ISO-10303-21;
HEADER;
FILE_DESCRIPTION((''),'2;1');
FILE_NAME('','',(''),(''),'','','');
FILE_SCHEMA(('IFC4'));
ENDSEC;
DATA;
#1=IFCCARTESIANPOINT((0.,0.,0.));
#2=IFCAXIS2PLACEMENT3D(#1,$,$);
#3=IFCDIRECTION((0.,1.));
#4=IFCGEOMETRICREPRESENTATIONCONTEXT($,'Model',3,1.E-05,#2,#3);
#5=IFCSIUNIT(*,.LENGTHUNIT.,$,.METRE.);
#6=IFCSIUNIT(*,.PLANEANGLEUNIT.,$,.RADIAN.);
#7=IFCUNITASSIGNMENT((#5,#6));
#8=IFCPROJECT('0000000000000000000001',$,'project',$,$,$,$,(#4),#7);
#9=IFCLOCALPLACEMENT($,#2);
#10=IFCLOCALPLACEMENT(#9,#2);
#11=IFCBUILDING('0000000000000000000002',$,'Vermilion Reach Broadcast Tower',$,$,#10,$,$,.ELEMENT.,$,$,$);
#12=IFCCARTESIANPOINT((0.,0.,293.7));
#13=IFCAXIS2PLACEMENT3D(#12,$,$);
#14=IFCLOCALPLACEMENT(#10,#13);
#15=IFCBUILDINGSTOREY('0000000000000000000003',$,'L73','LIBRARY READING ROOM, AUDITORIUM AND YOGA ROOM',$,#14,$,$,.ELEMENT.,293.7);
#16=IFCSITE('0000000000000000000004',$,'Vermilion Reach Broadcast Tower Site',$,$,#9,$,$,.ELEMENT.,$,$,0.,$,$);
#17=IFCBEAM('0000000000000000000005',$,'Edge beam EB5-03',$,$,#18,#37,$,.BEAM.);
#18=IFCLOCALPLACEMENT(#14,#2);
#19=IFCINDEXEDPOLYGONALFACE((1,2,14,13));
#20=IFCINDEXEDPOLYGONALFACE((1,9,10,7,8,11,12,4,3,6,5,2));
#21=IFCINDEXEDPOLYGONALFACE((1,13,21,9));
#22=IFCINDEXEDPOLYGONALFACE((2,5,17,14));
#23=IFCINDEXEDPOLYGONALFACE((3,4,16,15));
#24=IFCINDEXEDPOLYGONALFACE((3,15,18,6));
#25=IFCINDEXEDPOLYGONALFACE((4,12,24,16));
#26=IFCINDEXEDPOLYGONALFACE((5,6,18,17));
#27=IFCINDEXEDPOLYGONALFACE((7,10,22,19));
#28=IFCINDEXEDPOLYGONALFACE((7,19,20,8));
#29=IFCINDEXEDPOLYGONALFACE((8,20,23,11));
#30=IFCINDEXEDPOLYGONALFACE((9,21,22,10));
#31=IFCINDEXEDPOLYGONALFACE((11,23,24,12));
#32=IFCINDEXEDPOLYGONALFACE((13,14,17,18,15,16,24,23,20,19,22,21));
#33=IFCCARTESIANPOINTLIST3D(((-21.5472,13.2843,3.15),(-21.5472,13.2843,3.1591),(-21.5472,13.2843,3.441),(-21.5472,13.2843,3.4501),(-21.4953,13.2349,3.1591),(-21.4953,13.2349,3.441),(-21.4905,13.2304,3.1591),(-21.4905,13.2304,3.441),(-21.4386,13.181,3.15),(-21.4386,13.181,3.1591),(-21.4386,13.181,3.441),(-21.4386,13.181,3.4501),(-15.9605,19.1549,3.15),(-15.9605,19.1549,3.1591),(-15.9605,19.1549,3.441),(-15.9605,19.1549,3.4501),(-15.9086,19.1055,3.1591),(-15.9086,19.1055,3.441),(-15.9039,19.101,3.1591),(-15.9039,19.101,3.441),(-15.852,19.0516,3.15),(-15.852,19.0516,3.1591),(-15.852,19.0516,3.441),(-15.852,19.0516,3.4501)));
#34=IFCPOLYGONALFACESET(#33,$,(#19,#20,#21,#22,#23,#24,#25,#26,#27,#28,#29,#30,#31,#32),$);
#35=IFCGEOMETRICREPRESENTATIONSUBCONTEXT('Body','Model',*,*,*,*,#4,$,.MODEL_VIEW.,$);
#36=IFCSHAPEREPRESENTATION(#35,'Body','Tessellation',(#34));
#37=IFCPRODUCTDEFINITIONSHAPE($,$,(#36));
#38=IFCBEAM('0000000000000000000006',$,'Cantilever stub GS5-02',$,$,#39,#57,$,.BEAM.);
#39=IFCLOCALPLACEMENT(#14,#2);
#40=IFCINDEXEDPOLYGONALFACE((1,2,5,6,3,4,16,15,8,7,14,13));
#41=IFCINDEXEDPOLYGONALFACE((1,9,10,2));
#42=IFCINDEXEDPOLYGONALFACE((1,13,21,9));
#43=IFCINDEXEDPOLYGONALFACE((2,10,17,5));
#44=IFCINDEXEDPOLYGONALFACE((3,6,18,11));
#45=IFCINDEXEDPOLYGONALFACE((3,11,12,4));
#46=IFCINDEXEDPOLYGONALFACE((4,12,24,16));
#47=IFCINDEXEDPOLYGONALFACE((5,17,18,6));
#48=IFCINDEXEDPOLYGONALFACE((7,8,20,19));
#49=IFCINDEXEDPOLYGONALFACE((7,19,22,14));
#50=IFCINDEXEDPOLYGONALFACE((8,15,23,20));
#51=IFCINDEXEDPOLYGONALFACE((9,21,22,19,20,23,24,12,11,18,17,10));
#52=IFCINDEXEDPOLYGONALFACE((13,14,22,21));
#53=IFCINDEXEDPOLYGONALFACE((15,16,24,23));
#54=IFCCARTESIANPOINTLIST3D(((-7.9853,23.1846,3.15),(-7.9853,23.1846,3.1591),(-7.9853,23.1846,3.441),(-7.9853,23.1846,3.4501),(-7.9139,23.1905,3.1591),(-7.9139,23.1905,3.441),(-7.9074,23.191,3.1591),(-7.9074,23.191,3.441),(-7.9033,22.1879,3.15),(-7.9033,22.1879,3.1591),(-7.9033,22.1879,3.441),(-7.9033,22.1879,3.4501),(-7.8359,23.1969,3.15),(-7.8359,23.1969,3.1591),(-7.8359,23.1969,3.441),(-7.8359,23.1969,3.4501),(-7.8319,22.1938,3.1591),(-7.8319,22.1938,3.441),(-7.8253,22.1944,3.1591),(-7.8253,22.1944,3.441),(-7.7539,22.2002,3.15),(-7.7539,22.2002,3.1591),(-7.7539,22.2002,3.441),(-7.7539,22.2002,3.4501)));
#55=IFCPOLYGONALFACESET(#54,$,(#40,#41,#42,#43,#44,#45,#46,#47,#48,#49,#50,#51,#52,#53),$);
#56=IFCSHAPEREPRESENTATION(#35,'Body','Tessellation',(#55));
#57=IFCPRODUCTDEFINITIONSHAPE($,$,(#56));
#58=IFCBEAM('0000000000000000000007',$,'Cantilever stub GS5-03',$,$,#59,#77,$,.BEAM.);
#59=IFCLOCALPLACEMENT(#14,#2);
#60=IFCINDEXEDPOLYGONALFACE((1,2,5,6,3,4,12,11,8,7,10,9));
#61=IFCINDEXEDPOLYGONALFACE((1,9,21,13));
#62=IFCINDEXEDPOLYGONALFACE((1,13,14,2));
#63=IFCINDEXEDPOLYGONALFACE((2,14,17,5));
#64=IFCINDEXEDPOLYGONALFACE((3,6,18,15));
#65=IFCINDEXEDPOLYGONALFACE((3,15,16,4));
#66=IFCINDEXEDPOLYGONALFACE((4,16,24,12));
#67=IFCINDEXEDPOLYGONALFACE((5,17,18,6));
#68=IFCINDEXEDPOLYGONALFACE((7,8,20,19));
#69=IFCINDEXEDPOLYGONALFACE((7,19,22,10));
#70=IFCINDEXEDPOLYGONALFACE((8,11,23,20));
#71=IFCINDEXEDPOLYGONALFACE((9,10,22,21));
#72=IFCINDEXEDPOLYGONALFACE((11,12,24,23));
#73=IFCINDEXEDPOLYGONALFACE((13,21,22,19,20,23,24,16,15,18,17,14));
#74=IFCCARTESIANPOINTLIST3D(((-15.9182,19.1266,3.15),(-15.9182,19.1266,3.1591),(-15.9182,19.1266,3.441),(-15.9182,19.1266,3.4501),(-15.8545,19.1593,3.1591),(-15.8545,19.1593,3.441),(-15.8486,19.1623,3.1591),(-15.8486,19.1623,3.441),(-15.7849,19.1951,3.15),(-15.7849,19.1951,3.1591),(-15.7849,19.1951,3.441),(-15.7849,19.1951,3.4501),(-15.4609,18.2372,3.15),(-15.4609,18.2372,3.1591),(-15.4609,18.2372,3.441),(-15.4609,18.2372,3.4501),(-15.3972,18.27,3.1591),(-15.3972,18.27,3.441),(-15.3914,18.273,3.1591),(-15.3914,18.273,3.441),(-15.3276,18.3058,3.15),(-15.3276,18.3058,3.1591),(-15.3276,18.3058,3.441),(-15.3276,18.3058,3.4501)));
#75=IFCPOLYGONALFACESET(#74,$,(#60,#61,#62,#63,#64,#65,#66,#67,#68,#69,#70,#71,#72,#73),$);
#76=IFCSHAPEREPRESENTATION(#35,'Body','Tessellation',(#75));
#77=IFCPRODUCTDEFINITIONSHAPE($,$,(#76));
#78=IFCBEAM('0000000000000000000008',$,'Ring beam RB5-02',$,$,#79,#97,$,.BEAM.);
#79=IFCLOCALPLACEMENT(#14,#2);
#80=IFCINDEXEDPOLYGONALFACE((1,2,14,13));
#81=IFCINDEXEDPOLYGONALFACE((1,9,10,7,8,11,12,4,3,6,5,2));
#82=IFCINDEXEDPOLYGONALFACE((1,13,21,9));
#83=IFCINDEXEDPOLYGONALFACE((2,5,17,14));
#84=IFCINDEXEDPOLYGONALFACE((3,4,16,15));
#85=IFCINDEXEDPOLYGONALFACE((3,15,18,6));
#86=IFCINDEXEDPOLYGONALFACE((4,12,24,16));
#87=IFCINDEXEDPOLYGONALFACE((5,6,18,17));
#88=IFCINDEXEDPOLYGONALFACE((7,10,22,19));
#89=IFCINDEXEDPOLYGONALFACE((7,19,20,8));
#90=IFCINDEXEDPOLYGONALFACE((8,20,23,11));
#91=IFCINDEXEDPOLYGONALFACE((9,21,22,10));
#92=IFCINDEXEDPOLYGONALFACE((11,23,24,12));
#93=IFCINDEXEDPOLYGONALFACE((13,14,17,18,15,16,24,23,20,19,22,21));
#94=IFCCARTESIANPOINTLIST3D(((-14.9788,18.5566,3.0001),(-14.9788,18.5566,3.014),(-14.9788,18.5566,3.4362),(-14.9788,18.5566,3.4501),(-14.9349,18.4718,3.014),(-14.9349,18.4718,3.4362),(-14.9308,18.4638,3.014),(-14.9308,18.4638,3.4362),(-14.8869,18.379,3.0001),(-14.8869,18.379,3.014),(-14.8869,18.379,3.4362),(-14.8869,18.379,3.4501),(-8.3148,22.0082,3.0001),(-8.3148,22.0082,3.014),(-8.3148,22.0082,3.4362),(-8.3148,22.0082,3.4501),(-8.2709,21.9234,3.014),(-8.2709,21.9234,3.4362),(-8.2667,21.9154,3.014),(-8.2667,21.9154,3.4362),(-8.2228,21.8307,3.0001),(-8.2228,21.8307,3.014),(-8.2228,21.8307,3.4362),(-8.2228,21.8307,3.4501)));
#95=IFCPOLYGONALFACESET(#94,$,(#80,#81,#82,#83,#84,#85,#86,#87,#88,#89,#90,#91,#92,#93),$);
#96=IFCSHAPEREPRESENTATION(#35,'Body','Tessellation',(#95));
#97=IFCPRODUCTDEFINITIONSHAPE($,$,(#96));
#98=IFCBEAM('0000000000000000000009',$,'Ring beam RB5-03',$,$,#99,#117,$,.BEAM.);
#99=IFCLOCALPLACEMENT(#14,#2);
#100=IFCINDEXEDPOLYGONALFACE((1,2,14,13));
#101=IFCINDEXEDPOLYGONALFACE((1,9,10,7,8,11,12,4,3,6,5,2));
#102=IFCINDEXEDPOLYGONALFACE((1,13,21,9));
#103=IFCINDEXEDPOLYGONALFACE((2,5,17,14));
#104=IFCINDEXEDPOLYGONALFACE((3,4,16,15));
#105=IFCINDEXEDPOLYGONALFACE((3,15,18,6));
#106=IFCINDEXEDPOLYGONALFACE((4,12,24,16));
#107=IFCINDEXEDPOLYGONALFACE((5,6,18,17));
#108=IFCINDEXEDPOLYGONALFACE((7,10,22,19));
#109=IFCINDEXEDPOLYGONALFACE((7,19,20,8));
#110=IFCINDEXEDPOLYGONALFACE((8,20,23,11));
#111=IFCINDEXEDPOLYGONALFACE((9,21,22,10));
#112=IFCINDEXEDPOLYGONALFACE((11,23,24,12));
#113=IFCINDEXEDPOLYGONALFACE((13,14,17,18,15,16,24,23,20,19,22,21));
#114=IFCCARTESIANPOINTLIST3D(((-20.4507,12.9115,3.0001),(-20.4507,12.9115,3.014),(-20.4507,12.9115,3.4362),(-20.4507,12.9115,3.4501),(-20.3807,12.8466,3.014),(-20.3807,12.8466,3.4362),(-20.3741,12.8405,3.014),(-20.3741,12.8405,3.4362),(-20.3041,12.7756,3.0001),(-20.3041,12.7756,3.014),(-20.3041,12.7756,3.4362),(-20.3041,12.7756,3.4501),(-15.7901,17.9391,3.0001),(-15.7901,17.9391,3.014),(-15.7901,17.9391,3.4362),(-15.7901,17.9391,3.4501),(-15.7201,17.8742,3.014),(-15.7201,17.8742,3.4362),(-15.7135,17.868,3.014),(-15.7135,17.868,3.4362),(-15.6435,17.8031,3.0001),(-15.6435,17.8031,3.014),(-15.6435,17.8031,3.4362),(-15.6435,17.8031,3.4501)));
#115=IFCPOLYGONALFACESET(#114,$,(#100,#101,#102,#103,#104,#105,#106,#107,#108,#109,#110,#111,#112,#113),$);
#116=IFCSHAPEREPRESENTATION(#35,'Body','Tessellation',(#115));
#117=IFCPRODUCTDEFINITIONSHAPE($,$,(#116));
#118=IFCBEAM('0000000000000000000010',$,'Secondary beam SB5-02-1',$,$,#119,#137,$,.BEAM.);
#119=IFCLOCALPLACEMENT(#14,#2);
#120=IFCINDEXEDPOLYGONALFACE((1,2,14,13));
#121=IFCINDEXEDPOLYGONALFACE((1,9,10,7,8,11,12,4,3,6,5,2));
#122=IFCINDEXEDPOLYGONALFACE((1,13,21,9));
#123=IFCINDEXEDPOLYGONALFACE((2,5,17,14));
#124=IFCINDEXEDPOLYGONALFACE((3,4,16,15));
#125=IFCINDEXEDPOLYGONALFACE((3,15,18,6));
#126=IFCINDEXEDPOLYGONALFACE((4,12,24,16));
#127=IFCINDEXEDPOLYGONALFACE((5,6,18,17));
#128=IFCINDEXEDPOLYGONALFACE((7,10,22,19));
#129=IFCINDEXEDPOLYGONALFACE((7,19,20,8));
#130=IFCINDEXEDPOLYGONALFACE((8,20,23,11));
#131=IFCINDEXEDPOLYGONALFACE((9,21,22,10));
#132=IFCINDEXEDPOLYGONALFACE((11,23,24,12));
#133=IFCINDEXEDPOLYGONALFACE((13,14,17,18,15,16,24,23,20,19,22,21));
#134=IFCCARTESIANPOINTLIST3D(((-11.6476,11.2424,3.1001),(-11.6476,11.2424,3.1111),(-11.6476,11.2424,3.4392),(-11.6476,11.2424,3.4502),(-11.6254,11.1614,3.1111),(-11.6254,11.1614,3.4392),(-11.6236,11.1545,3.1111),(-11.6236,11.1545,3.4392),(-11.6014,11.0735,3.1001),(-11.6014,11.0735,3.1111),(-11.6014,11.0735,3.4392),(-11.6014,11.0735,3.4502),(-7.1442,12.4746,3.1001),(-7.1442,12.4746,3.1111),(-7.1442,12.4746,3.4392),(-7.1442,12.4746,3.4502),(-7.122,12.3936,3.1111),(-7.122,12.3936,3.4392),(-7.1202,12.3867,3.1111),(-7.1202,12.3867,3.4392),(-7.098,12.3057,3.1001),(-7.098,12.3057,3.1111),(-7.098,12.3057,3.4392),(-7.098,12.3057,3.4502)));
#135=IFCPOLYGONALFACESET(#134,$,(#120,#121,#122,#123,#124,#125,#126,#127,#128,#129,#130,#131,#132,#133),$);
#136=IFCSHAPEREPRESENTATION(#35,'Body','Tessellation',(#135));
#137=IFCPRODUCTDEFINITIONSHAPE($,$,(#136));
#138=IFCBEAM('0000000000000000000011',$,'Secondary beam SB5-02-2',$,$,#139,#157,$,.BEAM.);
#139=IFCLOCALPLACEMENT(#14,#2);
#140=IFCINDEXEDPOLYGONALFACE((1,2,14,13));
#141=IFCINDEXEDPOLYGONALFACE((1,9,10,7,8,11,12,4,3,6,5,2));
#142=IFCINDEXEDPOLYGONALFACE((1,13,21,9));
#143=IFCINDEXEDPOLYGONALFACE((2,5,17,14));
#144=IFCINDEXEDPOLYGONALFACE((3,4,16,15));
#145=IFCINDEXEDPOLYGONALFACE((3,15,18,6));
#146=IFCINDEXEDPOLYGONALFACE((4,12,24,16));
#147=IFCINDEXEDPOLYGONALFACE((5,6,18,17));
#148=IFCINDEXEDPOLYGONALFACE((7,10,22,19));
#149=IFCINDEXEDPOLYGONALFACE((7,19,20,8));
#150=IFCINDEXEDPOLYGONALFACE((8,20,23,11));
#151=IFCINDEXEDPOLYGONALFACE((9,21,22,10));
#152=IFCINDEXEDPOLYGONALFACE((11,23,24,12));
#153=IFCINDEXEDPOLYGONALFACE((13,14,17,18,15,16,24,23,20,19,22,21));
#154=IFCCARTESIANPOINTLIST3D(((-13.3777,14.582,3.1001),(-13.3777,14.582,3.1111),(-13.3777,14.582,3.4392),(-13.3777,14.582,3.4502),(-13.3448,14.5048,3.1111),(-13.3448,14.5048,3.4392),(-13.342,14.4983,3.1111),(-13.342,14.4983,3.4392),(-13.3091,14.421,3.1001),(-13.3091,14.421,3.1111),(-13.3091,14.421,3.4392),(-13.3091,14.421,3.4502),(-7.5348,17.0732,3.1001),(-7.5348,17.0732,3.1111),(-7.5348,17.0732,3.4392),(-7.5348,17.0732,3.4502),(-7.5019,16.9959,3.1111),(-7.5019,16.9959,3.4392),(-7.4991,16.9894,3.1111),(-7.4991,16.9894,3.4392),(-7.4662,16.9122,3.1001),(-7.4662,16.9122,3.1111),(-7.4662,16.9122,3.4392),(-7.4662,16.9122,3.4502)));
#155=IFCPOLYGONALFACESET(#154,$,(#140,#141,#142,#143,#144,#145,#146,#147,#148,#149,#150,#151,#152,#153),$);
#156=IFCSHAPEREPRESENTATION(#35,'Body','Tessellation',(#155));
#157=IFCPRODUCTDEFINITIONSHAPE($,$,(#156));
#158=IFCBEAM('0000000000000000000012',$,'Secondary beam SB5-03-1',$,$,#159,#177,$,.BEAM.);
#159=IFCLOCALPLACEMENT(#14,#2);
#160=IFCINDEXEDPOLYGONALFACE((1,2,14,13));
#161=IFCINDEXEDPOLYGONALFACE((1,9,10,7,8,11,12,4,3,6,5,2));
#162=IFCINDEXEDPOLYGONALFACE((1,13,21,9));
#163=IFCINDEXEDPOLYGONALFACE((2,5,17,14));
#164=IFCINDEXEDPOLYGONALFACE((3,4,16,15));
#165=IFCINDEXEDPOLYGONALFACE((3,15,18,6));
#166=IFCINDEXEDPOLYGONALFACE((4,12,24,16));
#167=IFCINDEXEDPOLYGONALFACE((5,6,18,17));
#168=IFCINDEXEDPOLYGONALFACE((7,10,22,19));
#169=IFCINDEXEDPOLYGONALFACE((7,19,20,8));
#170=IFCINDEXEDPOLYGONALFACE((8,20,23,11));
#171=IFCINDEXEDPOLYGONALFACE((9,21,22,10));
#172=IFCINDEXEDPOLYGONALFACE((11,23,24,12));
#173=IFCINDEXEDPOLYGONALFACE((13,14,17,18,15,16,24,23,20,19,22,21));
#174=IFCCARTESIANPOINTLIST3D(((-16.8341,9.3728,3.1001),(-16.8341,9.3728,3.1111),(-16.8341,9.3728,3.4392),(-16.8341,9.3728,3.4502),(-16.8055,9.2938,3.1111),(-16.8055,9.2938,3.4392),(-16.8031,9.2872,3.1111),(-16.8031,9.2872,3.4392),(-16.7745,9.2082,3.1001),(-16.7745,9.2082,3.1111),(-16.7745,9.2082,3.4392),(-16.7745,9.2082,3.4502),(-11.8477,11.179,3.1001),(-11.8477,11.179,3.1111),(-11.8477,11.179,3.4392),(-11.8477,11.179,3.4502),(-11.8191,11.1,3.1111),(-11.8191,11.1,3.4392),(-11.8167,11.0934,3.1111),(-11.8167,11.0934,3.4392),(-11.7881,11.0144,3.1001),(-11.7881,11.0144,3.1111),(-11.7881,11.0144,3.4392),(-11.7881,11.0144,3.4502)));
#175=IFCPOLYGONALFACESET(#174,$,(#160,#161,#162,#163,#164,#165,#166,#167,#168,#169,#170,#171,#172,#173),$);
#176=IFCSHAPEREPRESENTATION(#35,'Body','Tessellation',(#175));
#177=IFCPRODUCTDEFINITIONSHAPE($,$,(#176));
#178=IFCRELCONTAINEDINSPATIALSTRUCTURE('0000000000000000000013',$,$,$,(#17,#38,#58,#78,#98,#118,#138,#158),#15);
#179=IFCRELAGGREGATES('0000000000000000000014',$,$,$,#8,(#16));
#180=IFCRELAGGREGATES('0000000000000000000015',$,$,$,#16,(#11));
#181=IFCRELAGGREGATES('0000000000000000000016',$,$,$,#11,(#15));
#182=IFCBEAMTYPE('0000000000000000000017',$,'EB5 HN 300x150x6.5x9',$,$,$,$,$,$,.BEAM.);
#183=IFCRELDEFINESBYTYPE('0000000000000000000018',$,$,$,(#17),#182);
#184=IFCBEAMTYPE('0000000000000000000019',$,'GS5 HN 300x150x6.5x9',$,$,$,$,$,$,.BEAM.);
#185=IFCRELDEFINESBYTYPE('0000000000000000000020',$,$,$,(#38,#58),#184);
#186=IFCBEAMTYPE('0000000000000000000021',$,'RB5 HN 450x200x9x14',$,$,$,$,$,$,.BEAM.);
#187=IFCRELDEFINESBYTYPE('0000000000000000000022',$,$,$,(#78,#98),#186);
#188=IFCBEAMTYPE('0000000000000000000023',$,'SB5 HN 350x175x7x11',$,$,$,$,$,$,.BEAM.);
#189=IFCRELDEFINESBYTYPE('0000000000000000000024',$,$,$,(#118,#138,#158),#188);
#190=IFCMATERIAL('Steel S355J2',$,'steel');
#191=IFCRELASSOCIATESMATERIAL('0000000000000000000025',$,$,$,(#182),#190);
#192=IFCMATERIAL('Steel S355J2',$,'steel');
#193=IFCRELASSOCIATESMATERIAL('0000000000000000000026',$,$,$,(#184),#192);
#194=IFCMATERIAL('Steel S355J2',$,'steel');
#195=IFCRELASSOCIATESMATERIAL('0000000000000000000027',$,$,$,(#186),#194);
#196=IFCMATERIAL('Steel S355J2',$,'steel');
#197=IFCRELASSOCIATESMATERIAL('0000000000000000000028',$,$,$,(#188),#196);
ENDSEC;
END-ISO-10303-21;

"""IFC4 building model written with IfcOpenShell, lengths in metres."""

from ifc_helpers import new_model, si_unit, direction, frame, origin, origin_2d, place, context, subcontext, project, spatial, i_section, extrude, material, material_profile, profile_set, type_object, element, save


model = new_model("IFC4")

# Units and contexts
model_context = context("Model", 3, precision=1e-05, world=origin(), true_north=direction((0.0, 1.0)))
body_context = subcontext(model_context, "Body", "Model", "MODEL_VIEW")
ifc_project = project(units=[si_unit("LENGTHUNIT", "METRE"), si_unit("PLANEANGLEUNIT", "RADIAN")], contexts=[model_context])

# Site, building, storey
site_placement = place(None, origin())
site = spatial("IfcSite", under=ifc_project, at=site_placement, Name="Vermilion Reach Broadcast Tower Site", CompositionType="ELEMENT", RefElevation=0.0)
building_placement = place(site_placement, origin())
building = spatial("IfcBuilding", under=site, at=building_placement, Name="Vermilion Reach Broadcast Tower", CompositionType="ELEMENT")
storey_placement = place(building_placement, frame((0.0, 0.0, 293.7)))
storey = spatial("IfcBuildingStorey", under=building, at=storey_placement, Name="L73", Description="LIBRARY READING ROOM, AUDITORIUM AND YOGA ROOM", CompositionType="ELEMENT", Elevation=293.7)

# Beams
ifc_material_1 = material(Name="Steel S355J2", Category="steel")
ifc_material_profile_1 = material_profile(ifc_material_1, i_section(OverallWidth=0.1499, OverallDepth=0.3, WebThickness=0.0066, FlangeThickness=0.009, at=origin_2d()), Name="S355J2 HN 300x150x6.5x9")
ifc_profile_set_1 = profile_set([ifc_material_profile_1], Name="Steel S355J2")
beam_type_1 = type_object("IfcBeamType", Name="EB5 HN 300x150x6.5x9", PredefinedType="BEAM", material=ifc_profile_set_1)
beam_1_placement = place(storey_placement, frame((-15.9062, 19.1033, 3.3), z_axis=(-0.689372, -0.724408, 0.0), x_axis=(0.724408, -0.689372, 0.0)))
element("IfcBeam", 1, at=beam_1_placement, inside=storey, type_object=beam_type_1, Name="Edge beam EB5-03", PredefinedType="BEAM", context=body_context, shape_type="SweptSolid", body=[
    extrude(i_section(OverallWidth=0.1499, OverallDepth=0.3, WebThickness=0.0066, FlangeThickness=0.009, at=origin_2d()), origin(), (0.0, 0.0, 1.0), 8.104),
])
ifc_material_2 = material(Name="Steel S355J2", Category="steel")
ifc_material_profile_2 = material_profile(ifc_material_2, i_section(OverallWidth=0.1499, OverallDepth=0.3, WebThickness=0.0066, FlangeThickness=0.009, at=origin_2d()), Name="S355J2 HN 300x150x6.5x9")
ifc_profile_set_2 = profile_set([ifc_material_profile_2], Name="Steel S355J2")
beam_type_2 = type_object("IfcBeamType", Name="GS5 HN 300x150x6.5x9", PredefinedType="BEAM", material=ifc_profile_set_2)
for number, where, z_axis, x_axis, name in (
    (2, (-7.8286, 22.1941, 3.3), (-0.082035, 0.996629, 0.0), (-0.996629, -0.082035, 0.0), "Cantilever stub GS5-02"),
    (3, (-15.3943, 18.2715, 3.3), (-0.457243, 0.889342, 0.0), (-0.889342, -0.457243, 0.0), "Cantilever stub GS5-03"),
):
    element("IfcBeam", number, at=place(storey_placement, frame(where, z_axis=z_axis, x_axis=x_axis)), inside=storey, type_object=beam_type_2, Name=name, PredefinedType="BEAM", context=body_context, shape_type="SweptSolid", body=[
        extrude(i_section(OverallWidth=0.1499, OverallDepth=0.3, WebThickness=0.0066, FlangeThickness=0.009, at=origin_2d()), origin(), (0.0, 0.0, 1.0), 1.0),
    ])
ifc_material_3 = material(Name="Steel S355J2", Category="steel")
ifc_material_profile_3 = material_profile(ifc_material_3, i_section(OverallWidth=0.2, OverallDepth=0.45, WebThickness=0.009, FlangeThickness=0.0139, at=origin_2d()), Name="S355J2 HN 450x200x9x14")
ifc_profile_set_3 = profile_set([ifc_material_profile_3], Name="Steel S355J2")
beam_type_3 = type_object("IfcBeamType", Name="RB5 HN 450x200x9x14", PredefinedType="BEAM", material=ifc_profile_set_3)
beam_2_placement = place(storey_placement, frame((-8.2688, 21.9194, 3.2251), z_axis=(-0.88796, -0.45992, 0.0), x_axis=(0.45992, -0.88796, 0.0)))
element("IfcBeam", 4, at=beam_2_placement, inside=storey, type_object=beam_type_3, Name="Ring beam RB5-02", PredefinedType="BEAM", context=body_context, shape_type="SweptSolid", body=[
    extrude(i_section(OverallWidth=0.2, OverallDepth=0.45, WebThickness=0.009, FlangeThickness=0.0139, at=origin_2d()), origin(), (0.0, 0.0, 1.0), 7.5049),
])
beam_3_placement = place(storey_placement, frame((-15.7168, 17.8711, 3.2251), z_axis=(-0.679838, -0.733363, 0.0), x_axis=(0.733363, -0.679838, 0.0)))
element("IfcBeam", 5, at=beam_3_placement, inside=storey, type_object=beam_type_3, Name="Ring beam RB5-03", PredefinedType="BEAM", context=body_context, shape_type="SweptSolid", body=[
    extrude(i_section(OverallWidth=0.2, OverallDepth=0.45, WebThickness=0.009, FlangeThickness=0.0139, at=origin_2d()), origin(), (0.0, 0.0, 1.0), 6.8555),
])
ifc_material_4 = material(Name="Steel S355J2", Category="steel")
ifc_material_profile_4 = material_profile(ifc_material_4, i_section(OverallWidth=0.175, OverallDepth=0.3501, WebThickness=0.0071, FlangeThickness=0.011, at=origin_2d()), Name="S355J2 HN 350x175x7x11")
ifc_profile_set_4 = profile_set([ifc_material_profile_4], Name="Steel S355J2")
beam_type_4 = type_object("IfcBeamType", Name="SB5 HN 350x175x7x11", PredefinedType="BEAM", material=ifc_profile_set_4)
beam_4_placement = place(storey_placement, frame((-7.1211, 12.3901, 3.2751), z_axis=(-0.964547, -0.263909, 0.0), x_axis=(0.263909, -0.964547, 0.0)))
element("IfcBeam", 6, at=beam_4_placement, inside=storey, type_object=beam_type_4, Name="Secondary beam SB5-02-1", PredefinedType="BEAM", context=body_context, shape_type="SweptSolid", body=[
    extrude(i_section(OverallWidth=0.175, OverallDepth=0.3501, WebThickness=0.0071, FlangeThickness=0.011, at=origin_2d()), origin(), (0.0, 0.0, 1.0), 4.6689),
])
beam_5_placement = place(storey_placement, frame((-7.5005, 16.9927, 3.2751), z_axis=(-0.919881, -0.392198, 0.0), x_axis=(0.392198, -0.919881, 0.0)))
element("IfcBeam", 7, at=beam_5_placement, inside=storey, type_object=beam_type_4, Name="Secondary beam SB5-02-2", PredefinedType="BEAM", context=body_context, shape_type="SweptSolid", body=[
    extrude(i_section(OverallWidth=0.175, OverallDepth=0.3501, WebThickness=0.0071, FlangeThickness=0.011, at=origin_2d()), origin(), (0.0, 0.0, 1.0), 6.3518),
])
beam_6_placement = place(storey_placement, frame((-11.8179, 11.0967, 3.2751), z_axis=(-0.94022, -0.340567, 0.0), x_axis=(0.340567, -0.94022, 0.0)))
element("IfcBeam", 8, at=beam_6_placement, inside=storey, type_object=beam_type_4, Name="Secondary beam SB5-03-1", PredefinedType="BEAM", context=body_context, shape_type="SweptSolid", body=[
    extrude(i_section(OverallWidth=0.175, OverallDepth=0.3501, WebThickness=0.0071, FlangeThickness=0.011, at=origin_2d()), origin(), (0.0, 0.0, 1.0), 5.3035),
])

save(model, "model.ifc")
